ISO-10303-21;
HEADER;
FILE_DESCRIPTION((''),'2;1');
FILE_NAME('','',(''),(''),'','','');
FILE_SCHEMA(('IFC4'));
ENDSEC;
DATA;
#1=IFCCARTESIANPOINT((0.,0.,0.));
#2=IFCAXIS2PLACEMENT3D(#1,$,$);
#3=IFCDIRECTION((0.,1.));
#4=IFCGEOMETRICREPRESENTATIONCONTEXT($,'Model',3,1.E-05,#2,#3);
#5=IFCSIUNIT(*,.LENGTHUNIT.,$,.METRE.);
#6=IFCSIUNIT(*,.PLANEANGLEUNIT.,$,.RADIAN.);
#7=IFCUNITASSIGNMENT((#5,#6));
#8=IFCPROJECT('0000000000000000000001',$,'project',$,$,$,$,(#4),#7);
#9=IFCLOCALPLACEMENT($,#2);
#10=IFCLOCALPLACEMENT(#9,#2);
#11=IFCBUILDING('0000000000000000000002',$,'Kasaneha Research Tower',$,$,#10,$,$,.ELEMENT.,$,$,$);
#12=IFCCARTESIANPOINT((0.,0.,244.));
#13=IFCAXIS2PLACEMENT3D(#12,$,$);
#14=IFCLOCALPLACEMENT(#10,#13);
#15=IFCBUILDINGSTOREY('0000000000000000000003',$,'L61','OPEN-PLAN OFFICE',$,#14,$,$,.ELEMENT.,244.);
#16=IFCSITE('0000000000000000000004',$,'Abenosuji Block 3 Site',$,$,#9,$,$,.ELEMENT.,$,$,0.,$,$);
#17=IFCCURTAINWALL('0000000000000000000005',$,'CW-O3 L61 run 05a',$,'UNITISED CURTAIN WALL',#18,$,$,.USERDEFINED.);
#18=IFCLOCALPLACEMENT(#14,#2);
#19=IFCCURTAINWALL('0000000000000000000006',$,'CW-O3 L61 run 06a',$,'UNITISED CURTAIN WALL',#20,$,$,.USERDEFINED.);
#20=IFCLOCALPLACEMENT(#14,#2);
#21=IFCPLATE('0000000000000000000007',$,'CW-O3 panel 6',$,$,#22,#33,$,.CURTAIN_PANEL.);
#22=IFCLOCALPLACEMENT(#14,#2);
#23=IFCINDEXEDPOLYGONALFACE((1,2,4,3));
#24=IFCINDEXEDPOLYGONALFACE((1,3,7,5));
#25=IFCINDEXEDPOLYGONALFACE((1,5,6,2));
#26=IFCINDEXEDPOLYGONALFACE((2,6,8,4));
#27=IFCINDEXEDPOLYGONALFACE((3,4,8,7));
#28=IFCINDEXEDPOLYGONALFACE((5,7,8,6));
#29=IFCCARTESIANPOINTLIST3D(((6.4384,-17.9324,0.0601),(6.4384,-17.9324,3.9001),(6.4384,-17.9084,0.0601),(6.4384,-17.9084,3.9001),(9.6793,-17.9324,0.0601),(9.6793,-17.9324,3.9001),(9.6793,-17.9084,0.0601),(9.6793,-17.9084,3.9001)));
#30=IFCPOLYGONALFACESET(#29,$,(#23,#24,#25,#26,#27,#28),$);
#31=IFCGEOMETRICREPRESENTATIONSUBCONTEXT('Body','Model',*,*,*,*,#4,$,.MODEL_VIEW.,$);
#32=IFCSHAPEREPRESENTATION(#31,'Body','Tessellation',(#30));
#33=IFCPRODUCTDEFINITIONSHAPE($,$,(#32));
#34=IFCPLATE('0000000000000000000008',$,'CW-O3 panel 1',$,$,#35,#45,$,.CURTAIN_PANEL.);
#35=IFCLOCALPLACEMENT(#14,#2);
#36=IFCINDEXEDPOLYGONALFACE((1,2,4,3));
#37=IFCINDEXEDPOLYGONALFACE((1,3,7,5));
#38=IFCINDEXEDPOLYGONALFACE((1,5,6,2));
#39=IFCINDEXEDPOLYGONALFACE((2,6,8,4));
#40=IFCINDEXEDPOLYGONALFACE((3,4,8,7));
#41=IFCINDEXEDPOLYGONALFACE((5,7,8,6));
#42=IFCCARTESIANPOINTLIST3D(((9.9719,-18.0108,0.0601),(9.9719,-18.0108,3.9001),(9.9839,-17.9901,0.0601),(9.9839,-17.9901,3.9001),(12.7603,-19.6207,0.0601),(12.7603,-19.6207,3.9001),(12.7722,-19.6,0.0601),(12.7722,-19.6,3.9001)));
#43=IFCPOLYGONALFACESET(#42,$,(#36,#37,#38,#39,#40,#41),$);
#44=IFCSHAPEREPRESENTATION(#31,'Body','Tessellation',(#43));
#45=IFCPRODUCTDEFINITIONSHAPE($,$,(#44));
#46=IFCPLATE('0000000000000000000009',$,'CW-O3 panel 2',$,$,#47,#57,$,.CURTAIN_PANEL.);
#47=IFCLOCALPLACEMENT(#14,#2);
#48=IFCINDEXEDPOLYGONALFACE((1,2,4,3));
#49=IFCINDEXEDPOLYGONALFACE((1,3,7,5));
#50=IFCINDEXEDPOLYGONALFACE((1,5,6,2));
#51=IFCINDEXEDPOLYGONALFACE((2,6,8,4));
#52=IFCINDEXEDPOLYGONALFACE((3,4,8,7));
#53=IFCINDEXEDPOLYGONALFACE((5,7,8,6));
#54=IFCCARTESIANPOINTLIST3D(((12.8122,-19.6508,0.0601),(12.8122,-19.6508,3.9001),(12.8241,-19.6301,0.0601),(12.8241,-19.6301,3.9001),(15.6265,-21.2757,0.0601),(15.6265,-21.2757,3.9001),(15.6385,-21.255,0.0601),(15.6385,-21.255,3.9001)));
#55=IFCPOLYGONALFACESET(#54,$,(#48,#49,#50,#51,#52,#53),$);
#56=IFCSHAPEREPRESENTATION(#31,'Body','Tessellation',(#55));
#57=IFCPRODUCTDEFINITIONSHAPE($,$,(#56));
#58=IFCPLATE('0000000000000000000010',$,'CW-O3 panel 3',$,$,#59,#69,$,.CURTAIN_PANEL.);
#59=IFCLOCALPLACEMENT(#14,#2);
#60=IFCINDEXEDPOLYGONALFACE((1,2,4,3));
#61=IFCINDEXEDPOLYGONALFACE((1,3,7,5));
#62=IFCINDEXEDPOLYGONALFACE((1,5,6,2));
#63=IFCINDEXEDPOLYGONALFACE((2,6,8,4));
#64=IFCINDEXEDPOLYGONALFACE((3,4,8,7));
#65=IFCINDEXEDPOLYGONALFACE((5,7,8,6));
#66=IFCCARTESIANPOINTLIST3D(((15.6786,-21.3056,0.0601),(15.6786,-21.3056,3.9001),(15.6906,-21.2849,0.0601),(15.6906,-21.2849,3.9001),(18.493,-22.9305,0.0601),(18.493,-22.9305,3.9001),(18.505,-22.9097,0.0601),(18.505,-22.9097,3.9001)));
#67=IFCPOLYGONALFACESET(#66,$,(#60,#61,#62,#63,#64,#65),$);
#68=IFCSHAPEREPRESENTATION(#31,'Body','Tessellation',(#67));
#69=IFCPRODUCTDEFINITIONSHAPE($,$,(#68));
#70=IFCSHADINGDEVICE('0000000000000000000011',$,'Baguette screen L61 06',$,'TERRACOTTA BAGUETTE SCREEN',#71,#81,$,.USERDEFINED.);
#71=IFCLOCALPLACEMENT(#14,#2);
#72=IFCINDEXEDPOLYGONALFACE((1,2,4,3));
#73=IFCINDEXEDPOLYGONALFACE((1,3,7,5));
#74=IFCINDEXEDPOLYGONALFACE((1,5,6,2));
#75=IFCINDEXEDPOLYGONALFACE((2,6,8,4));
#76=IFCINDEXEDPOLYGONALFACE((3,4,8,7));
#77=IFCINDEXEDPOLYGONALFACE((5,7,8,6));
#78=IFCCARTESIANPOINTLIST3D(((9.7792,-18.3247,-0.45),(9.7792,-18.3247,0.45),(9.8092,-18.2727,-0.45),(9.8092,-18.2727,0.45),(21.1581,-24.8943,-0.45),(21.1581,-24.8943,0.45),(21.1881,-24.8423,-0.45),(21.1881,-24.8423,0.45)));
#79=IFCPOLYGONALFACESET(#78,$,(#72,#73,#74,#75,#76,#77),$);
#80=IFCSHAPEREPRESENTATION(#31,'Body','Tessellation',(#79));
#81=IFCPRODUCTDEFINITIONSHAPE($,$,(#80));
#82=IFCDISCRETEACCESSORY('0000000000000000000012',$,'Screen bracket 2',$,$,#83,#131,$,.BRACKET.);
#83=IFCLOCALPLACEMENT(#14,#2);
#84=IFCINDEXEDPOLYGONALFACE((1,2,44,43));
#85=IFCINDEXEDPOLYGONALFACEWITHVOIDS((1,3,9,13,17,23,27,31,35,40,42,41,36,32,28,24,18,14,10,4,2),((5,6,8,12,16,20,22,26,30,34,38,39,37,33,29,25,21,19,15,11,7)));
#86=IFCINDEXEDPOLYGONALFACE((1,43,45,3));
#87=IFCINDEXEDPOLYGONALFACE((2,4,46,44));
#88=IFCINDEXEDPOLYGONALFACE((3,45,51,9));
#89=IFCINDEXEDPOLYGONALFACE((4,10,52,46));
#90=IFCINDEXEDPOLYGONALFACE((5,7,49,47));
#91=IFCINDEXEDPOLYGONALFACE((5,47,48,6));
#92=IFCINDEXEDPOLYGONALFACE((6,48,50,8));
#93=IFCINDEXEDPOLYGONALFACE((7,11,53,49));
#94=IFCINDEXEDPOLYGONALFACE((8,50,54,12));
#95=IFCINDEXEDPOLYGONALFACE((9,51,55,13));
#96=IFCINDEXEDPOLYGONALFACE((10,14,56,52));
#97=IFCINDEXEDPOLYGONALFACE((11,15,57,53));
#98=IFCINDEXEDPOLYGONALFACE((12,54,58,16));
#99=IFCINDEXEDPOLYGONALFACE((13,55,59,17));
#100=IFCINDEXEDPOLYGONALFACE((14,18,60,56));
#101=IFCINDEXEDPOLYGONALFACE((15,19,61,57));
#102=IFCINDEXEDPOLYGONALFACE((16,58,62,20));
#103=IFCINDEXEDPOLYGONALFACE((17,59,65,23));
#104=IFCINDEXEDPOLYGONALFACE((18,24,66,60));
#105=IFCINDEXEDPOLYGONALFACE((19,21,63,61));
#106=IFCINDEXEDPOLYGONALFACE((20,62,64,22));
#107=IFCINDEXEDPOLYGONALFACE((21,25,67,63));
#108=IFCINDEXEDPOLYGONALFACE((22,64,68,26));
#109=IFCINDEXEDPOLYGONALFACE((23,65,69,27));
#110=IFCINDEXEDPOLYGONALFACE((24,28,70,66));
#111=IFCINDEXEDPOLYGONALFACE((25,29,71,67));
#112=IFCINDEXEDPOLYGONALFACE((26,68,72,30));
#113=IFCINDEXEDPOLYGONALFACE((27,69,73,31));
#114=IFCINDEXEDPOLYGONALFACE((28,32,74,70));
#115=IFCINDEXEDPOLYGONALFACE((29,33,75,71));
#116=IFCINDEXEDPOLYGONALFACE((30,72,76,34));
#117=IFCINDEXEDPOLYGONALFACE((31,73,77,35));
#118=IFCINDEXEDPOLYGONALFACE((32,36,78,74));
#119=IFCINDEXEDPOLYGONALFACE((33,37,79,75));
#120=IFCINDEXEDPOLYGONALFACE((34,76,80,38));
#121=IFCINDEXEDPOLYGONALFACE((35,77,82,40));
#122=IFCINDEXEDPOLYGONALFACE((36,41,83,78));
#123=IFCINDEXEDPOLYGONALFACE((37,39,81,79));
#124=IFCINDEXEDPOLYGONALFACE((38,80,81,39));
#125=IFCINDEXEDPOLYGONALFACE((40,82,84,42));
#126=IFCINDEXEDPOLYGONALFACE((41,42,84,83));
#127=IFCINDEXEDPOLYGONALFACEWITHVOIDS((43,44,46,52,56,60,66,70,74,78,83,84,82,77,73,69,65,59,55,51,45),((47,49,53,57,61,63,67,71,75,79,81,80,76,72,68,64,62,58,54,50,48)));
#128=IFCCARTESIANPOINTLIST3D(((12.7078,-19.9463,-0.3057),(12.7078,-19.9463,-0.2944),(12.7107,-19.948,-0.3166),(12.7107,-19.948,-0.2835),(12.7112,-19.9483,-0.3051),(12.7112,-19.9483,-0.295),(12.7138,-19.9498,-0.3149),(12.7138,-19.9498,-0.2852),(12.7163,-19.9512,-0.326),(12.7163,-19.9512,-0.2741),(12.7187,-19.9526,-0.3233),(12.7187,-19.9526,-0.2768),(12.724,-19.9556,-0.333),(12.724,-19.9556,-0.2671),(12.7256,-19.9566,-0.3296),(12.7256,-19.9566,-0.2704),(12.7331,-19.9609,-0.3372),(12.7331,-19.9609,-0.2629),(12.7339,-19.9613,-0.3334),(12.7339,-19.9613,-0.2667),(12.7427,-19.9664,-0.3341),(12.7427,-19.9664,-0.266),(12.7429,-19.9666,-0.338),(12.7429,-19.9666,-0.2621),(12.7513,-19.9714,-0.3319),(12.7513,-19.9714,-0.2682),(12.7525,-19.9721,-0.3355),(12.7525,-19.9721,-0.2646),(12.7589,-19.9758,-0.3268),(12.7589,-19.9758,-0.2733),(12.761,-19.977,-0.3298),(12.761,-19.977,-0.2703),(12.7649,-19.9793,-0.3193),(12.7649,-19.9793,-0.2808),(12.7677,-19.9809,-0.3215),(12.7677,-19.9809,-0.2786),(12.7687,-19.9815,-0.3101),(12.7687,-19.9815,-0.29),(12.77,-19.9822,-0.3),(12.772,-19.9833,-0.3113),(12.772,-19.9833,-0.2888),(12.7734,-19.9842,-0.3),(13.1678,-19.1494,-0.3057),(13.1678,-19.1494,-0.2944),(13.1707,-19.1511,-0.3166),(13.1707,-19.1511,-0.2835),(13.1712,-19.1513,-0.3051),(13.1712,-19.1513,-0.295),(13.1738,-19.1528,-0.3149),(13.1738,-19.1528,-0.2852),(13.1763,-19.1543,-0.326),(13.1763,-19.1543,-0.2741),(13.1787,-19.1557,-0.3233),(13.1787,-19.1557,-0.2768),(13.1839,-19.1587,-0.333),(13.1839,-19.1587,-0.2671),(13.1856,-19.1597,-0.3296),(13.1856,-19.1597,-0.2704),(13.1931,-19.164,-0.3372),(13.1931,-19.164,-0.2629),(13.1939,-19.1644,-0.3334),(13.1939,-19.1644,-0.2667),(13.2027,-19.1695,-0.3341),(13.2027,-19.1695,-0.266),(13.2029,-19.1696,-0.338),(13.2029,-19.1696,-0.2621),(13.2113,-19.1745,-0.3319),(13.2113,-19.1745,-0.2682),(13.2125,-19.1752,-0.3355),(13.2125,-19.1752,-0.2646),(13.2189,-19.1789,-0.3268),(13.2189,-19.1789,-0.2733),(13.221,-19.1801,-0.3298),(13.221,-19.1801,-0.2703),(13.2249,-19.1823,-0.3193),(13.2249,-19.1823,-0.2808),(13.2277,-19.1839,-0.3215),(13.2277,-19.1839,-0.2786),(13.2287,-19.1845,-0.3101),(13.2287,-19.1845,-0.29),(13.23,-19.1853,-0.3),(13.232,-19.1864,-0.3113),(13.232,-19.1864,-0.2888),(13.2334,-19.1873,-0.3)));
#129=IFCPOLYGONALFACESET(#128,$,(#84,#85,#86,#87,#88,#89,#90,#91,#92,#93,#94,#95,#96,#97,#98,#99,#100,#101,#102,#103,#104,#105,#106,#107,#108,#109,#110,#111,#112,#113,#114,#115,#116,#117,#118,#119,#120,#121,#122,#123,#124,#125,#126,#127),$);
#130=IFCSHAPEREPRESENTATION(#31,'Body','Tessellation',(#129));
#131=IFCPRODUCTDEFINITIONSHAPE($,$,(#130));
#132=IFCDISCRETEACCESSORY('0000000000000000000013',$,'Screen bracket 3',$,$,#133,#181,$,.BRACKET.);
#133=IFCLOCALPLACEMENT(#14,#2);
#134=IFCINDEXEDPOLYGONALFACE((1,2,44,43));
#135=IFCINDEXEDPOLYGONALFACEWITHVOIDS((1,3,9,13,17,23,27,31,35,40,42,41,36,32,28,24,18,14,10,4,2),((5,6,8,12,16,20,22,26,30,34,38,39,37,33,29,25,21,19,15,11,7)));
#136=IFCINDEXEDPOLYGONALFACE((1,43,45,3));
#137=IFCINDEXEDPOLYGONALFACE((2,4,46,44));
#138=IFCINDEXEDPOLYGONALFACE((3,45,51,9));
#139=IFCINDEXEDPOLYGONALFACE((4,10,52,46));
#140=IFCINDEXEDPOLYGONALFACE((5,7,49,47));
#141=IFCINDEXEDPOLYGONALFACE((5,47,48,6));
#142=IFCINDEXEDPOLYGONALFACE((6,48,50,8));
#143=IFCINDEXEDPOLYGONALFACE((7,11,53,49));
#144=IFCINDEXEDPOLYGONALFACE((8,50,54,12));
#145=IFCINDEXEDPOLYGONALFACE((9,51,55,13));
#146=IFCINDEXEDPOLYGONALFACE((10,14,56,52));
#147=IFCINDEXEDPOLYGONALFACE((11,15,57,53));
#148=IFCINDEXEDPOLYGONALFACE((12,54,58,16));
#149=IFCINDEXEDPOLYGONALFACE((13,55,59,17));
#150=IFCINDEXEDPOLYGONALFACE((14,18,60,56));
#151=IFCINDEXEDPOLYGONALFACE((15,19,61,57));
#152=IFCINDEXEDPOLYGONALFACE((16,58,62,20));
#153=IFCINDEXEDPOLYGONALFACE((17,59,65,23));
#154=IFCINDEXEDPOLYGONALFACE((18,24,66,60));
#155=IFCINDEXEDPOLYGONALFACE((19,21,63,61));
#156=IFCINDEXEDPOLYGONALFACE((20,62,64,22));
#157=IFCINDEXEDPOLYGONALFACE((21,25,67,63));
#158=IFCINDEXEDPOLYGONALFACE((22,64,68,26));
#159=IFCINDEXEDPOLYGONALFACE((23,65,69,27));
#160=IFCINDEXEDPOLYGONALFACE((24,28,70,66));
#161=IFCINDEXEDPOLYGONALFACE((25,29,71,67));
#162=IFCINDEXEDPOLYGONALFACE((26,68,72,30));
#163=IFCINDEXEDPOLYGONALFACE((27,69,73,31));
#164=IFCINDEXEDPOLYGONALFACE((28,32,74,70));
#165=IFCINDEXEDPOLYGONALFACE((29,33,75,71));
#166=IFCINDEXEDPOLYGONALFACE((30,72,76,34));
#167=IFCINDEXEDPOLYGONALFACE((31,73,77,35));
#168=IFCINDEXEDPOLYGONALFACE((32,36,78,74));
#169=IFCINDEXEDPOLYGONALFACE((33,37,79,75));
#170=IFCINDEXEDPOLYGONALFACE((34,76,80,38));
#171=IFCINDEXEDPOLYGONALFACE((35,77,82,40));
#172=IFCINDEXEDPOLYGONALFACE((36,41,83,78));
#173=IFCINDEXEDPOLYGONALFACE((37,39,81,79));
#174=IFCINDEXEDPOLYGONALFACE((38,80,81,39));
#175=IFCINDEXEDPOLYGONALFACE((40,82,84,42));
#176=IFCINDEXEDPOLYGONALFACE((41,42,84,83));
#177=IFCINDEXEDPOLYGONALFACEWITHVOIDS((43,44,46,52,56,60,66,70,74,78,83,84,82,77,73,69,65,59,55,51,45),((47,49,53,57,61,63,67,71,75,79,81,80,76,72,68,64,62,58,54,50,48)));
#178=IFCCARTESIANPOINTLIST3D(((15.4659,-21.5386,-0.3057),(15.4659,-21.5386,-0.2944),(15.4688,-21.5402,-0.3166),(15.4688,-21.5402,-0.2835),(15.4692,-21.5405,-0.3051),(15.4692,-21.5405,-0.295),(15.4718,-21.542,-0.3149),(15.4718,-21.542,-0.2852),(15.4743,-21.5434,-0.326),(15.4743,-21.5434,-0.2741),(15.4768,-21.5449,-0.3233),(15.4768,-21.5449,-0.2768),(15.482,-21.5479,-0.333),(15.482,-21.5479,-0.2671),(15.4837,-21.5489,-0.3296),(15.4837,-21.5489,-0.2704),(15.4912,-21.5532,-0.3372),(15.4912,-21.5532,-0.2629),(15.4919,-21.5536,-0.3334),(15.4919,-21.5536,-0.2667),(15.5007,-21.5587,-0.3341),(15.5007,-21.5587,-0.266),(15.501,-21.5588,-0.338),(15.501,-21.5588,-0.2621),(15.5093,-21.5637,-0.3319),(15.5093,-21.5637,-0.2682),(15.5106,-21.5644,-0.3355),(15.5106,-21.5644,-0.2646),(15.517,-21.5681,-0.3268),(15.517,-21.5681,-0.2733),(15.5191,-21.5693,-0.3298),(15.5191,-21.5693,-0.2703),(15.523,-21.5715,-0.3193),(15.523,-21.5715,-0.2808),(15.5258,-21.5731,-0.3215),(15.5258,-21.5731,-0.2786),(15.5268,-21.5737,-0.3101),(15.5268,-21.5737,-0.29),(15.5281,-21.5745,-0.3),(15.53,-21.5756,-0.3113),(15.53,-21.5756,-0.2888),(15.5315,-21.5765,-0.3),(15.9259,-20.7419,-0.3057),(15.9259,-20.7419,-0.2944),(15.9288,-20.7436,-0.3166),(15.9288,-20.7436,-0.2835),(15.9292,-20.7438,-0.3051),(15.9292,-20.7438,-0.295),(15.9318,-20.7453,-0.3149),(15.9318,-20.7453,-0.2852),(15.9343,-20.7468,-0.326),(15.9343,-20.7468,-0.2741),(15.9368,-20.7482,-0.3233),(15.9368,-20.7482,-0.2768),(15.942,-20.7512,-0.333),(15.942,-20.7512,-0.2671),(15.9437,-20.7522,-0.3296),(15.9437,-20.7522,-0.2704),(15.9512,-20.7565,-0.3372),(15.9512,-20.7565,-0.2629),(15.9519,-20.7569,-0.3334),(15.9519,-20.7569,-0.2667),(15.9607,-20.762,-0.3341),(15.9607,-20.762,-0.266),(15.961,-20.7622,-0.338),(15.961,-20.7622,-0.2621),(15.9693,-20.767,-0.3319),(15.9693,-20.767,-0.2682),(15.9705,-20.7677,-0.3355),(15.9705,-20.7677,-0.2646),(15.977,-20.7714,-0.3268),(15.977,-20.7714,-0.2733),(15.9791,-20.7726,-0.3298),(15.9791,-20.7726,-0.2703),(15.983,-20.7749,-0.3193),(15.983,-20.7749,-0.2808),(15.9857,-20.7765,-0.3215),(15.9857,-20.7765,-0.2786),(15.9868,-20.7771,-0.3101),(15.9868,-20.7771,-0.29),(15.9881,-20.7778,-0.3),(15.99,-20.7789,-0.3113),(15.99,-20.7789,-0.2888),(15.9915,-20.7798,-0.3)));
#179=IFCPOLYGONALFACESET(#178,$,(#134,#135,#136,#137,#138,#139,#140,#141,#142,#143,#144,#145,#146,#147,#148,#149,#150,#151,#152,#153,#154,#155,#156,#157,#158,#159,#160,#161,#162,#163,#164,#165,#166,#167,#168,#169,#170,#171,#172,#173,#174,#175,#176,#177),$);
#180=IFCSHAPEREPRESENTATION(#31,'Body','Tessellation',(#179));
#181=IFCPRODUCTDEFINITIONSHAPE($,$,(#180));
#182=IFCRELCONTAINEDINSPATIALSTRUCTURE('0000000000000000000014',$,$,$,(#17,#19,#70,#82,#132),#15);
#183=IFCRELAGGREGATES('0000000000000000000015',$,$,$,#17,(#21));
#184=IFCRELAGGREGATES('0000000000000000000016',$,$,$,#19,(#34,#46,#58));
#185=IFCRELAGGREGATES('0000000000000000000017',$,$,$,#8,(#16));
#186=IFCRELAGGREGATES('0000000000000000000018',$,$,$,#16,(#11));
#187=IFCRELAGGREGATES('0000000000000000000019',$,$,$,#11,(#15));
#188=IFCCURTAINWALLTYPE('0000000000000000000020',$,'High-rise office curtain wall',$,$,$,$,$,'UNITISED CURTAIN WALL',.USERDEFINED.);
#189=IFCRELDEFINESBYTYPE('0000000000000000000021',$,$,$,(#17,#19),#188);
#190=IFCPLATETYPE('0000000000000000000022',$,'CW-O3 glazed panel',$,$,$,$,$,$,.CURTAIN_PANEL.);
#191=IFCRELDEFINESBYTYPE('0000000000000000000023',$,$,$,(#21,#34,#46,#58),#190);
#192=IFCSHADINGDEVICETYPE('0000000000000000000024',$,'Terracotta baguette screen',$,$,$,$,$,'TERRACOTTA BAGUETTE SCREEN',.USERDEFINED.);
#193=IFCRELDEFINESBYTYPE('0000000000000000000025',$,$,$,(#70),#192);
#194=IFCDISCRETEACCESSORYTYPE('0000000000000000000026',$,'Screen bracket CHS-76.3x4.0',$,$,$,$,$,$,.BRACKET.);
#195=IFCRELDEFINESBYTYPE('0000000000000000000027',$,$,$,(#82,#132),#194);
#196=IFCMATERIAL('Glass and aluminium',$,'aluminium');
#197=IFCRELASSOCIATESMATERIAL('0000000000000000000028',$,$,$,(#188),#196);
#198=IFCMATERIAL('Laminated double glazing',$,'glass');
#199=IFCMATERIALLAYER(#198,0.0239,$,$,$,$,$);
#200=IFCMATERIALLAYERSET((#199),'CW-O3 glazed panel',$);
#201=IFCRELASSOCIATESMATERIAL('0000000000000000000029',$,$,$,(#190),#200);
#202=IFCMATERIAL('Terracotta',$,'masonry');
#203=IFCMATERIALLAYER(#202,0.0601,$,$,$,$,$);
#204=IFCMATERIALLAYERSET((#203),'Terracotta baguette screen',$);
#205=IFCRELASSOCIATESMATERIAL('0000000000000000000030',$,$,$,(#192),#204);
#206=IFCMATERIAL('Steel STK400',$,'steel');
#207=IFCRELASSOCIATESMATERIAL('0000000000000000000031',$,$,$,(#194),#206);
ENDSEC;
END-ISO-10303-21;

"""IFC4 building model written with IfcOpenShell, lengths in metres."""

from ifc_helpers import new_model, si_unit, direction, frame, origin, origin_2d, place, context, subcontext, project, spatial, rectangle, hollow_circle, extrude, material, layer, layer_set, material_profile, profile_set, type_object, element, aggregate, save


model = new_model("IFC4")

# Units and contexts
model_context = context("Model", 3, precision=1e-05, world=origin(), true_north=direction((0.0, 1.0)))
body_context = subcontext(model_context, "Body", "Model", "MODEL_VIEW")
ifc_project = project(units=[si_unit("LENGTHUNIT", "METRE"), si_unit("PLANEANGLEUNIT", "RADIAN")], contexts=[model_context])

# Site, building, storey
site_placement = place(None, origin())
site = spatial("IfcSite", under=ifc_project, at=site_placement, Name="Abenosuji Block 3 Site", CompositionType="ELEMENT", RefElevation=0.0)
building_placement = place(site_placement, origin())
building = spatial("IfcBuilding", under=site, at=building_placement, Name="Kasaneha Research Tower", CompositionType="ELEMENT")
storey_placement = place(building_placement, frame((0.0, 0.0, 244.0)))
storey = spatial("IfcBuildingStorey", under=building, at=storey_placement, Name="L61", Description="OPEN-PLAN OFFICE", CompositionType="ELEMENT", Elevation=244.0)

# Curtain walls
ifc_material_1 = material(Name="Glass and aluminium", Category="aluminium")
curtain_wall_type = type_object("IfcCurtainWallType", Name="High-rise office curtain wall", ElementType="UNITISED CURTAIN WALL", PredefinedType="USERDEFINED", material=ifc_material_1)
curtain_wall_1_placement = place(storey_placement, origin())
curtain_wall_1 = element("IfcCurtainWall", 1, at=curtain_wall_1_placement, inside=storey, type_object=curtain_wall_type, Name="CW-O3 L61 run 05a", ObjectType="UNITISED CURTAIN WALL", PredefinedType="USERDEFINED")
curtain_wall_2_placement = place(storey_placement, origin())
curtain_wall_2 = element("IfcCurtainWall", 2, at=curtain_wall_2_placement, inside=storey, type_object=curtain_wall_type, Name="CW-O3 L61 run 06a", ObjectType="UNITISED CURTAIN WALL", PredefinedType="USERDEFINED")

# Plates
ifc_material_2 = material(Name="Laminated double glazing", Category="glass")
ifc_layer_1 = layer(ifc_material_2, 0.0239)
ifc_layer_set_1 = layer_set([ifc_layer_1], Name="CW-O3 glazed panel")
plate_type = type_object("IfcPlateType", Name="CW-O3 glazed panel", PredefinedType="CURTAIN_PANEL", material=ifc_layer_set_1)
plate_1_placement = place(storey_placement, frame((8.0588, -17.9204, 0.0601), z_axis=(0.0, 0.0, 1.0), x_axis=(1.0, 0.0, 0.0)))
plate_1 = element("IfcPlate", 3, at=plate_1_placement, type_object=plate_type, Name="CW-O3 panel 6", PredefinedType="CURTAIN_PANEL", context=body_context, shape_type="SweptSolid", body=[
    extrude(rectangle(XDim=3.241, YDim=0.0239, at=origin_2d()), origin(), (0.0, 0.0, 1.0), 3.8401),
])
aggregate(curtain_wall_1, [plate_1])
plate_2_placement = place(storey_placement, frame((11.3721, -18.8054, 0.0601), z_axis=(0.0, 0.0, 1.0), x_axis=(0.866025, -0.5, 0.0)))
plate_2 = element("IfcPlate", 4, at=plate_2_placement, type_object=plate_type, Name="CW-O3 panel 1", PredefinedType="CURTAIN_PANEL", context=body_context, shape_type="SweptSolid", body=[
    extrude(rectangle(XDim=3.2197, YDim=0.0239, at=origin_2d()), origin(), (0.0, 0.0, 1.0), 3.8401),
])
plate_3_placement = place(storey_placement, frame((14.2253, -20.4529, 0.0601), z_axis=(0.0, 0.0, 1.0), x_axis=(0.866025, -0.5, 0.0)))
plate_3 = element("IfcPlate", 5, at=plate_3_placement, type_object=plate_type, Name="CW-O3 panel 2", PredefinedType="CURTAIN_PANEL", context=body_context, shape_type="SweptSolid", body=[
    extrude(rectangle(XDim=3.2498, YDim=0.0239, at=origin_2d()), origin(), (0.0, 0.0, 1.0), 3.8401),
])
plate_4_placement = place(storey_placement, frame((17.0918, -22.1077, 0.0601), z_axis=(0.0, 0.0, 1.0), x_axis=(0.866025, -0.5, 0.0)))
plate_4 = element("IfcPlate", 6, at=plate_4_placement, type_object=plate_type, Name="CW-O3 panel 3", PredefinedType="CURTAIN_PANEL", context=body_context, shape_type="SweptSolid", body=[
    extrude(rectangle(XDim=3.2498, YDim=0.0239, at=origin_2d()), origin(), (0.0, 0.0, 1.0), 3.8401),
])
aggregate(curtain_wall_2, [plate_2, plate_3, plate_4])

# Shading device
ifc_material_3 = material(Name="Terracotta", Category="masonry")
ifc_layer_2 = layer(ifc_material_3, 0.0601)
ifc_layer_set_2 = layer_set([ifc_layer_2], Name="Terracotta baguette screen")
shading_device_type = type_object("IfcShadingDeviceType", Name="Terracotta baguette screen", ElementType="TERRACOTTA BAGUETTE SCREEN", PredefinedType="USERDEFINED", material=ifc_layer_set_2)
shading_device_placement = place(storey_placement, frame((15.4836, -21.5835, -0.45), z_axis=(0.0, 0.0, 1.0), x_axis=(0.866025, -0.5, 0.0)))
element("IfcShadingDevice", 7, at=shading_device_placement, inside=storey, type_object=shading_device_type, Name="Baguette screen L61 06", ObjectType="TERRACOTTA BAGUETTE SCREEN", PredefinedType="USERDEFINED", context=body_context, shape_type="SweptSolid", body=[
    extrude(rectangle(XDim=13.1392, YDim=0.0601, at=origin_2d()), origin(), (0.0, 0.0, 1.0), 0.8999),
])

# Discrete accessories
ifc_material_4 = material(Name="Steel STK400", Category="steel")
ifc_material_profile_1 = material_profile(ifc_material_4, hollow_circle(Radius=0.0381, WallThickness=0.0039, at=origin_2d()), Name="CHS-76.3x4.0")
ifc_profile_set_1 = profile_set([ifc_material_profile_1], Name="Steel STK400")
discrete_accessory_type = type_object("IfcDiscreteAccessoryType", Name="Screen bracket CHS-76.3x4.0", PredefinedType="BRACKET", material=ifc_profile_set_1)
discrete_accessory_1_placement = place(storey_placement, frame((13.2004, -19.1682, -0.3), z_axis=(-0.499906, -0.86608, 0.0), x_axis=(0.86608, -0.499906, 0.0)))
element("IfcDiscreteAccessory", 8, at=discrete_accessory_1_placement, inside=storey, type_object=discrete_accessory_type, Name="Screen bracket 2", PredefinedType="BRACKET", context=body_context, shape_type="SweptSolid", body=[
    extrude(hollow_circle(Radius=0.0381, WallThickness=0.0039, at=origin_2d()), origin(), (0.0, 0.0, 1.0), 0.9202),
])
discrete_accessory_2_placement = place(storey_placement, frame((15.9585, -20.7607, -0.3), z_axis=(-0.500021, -0.866013, 0.0), x_axis=(0.866013, -0.500021, 0.0)))
element("IfcDiscreteAccessory", 9, at=discrete_accessory_2_placement, inside=storey, type_object=discrete_accessory_type, Name="Screen bracket 3", PredefinedType="BRACKET", context=body_context, shape_type="SweptSolid", body=[
    extrude(hollow_circle(Radius=0.0381, WallThickness=0.0039, at=origin_2d()), origin(), (0.0, 0.0, 1.0), 0.9199),
])

save(model, "model.ifc")
